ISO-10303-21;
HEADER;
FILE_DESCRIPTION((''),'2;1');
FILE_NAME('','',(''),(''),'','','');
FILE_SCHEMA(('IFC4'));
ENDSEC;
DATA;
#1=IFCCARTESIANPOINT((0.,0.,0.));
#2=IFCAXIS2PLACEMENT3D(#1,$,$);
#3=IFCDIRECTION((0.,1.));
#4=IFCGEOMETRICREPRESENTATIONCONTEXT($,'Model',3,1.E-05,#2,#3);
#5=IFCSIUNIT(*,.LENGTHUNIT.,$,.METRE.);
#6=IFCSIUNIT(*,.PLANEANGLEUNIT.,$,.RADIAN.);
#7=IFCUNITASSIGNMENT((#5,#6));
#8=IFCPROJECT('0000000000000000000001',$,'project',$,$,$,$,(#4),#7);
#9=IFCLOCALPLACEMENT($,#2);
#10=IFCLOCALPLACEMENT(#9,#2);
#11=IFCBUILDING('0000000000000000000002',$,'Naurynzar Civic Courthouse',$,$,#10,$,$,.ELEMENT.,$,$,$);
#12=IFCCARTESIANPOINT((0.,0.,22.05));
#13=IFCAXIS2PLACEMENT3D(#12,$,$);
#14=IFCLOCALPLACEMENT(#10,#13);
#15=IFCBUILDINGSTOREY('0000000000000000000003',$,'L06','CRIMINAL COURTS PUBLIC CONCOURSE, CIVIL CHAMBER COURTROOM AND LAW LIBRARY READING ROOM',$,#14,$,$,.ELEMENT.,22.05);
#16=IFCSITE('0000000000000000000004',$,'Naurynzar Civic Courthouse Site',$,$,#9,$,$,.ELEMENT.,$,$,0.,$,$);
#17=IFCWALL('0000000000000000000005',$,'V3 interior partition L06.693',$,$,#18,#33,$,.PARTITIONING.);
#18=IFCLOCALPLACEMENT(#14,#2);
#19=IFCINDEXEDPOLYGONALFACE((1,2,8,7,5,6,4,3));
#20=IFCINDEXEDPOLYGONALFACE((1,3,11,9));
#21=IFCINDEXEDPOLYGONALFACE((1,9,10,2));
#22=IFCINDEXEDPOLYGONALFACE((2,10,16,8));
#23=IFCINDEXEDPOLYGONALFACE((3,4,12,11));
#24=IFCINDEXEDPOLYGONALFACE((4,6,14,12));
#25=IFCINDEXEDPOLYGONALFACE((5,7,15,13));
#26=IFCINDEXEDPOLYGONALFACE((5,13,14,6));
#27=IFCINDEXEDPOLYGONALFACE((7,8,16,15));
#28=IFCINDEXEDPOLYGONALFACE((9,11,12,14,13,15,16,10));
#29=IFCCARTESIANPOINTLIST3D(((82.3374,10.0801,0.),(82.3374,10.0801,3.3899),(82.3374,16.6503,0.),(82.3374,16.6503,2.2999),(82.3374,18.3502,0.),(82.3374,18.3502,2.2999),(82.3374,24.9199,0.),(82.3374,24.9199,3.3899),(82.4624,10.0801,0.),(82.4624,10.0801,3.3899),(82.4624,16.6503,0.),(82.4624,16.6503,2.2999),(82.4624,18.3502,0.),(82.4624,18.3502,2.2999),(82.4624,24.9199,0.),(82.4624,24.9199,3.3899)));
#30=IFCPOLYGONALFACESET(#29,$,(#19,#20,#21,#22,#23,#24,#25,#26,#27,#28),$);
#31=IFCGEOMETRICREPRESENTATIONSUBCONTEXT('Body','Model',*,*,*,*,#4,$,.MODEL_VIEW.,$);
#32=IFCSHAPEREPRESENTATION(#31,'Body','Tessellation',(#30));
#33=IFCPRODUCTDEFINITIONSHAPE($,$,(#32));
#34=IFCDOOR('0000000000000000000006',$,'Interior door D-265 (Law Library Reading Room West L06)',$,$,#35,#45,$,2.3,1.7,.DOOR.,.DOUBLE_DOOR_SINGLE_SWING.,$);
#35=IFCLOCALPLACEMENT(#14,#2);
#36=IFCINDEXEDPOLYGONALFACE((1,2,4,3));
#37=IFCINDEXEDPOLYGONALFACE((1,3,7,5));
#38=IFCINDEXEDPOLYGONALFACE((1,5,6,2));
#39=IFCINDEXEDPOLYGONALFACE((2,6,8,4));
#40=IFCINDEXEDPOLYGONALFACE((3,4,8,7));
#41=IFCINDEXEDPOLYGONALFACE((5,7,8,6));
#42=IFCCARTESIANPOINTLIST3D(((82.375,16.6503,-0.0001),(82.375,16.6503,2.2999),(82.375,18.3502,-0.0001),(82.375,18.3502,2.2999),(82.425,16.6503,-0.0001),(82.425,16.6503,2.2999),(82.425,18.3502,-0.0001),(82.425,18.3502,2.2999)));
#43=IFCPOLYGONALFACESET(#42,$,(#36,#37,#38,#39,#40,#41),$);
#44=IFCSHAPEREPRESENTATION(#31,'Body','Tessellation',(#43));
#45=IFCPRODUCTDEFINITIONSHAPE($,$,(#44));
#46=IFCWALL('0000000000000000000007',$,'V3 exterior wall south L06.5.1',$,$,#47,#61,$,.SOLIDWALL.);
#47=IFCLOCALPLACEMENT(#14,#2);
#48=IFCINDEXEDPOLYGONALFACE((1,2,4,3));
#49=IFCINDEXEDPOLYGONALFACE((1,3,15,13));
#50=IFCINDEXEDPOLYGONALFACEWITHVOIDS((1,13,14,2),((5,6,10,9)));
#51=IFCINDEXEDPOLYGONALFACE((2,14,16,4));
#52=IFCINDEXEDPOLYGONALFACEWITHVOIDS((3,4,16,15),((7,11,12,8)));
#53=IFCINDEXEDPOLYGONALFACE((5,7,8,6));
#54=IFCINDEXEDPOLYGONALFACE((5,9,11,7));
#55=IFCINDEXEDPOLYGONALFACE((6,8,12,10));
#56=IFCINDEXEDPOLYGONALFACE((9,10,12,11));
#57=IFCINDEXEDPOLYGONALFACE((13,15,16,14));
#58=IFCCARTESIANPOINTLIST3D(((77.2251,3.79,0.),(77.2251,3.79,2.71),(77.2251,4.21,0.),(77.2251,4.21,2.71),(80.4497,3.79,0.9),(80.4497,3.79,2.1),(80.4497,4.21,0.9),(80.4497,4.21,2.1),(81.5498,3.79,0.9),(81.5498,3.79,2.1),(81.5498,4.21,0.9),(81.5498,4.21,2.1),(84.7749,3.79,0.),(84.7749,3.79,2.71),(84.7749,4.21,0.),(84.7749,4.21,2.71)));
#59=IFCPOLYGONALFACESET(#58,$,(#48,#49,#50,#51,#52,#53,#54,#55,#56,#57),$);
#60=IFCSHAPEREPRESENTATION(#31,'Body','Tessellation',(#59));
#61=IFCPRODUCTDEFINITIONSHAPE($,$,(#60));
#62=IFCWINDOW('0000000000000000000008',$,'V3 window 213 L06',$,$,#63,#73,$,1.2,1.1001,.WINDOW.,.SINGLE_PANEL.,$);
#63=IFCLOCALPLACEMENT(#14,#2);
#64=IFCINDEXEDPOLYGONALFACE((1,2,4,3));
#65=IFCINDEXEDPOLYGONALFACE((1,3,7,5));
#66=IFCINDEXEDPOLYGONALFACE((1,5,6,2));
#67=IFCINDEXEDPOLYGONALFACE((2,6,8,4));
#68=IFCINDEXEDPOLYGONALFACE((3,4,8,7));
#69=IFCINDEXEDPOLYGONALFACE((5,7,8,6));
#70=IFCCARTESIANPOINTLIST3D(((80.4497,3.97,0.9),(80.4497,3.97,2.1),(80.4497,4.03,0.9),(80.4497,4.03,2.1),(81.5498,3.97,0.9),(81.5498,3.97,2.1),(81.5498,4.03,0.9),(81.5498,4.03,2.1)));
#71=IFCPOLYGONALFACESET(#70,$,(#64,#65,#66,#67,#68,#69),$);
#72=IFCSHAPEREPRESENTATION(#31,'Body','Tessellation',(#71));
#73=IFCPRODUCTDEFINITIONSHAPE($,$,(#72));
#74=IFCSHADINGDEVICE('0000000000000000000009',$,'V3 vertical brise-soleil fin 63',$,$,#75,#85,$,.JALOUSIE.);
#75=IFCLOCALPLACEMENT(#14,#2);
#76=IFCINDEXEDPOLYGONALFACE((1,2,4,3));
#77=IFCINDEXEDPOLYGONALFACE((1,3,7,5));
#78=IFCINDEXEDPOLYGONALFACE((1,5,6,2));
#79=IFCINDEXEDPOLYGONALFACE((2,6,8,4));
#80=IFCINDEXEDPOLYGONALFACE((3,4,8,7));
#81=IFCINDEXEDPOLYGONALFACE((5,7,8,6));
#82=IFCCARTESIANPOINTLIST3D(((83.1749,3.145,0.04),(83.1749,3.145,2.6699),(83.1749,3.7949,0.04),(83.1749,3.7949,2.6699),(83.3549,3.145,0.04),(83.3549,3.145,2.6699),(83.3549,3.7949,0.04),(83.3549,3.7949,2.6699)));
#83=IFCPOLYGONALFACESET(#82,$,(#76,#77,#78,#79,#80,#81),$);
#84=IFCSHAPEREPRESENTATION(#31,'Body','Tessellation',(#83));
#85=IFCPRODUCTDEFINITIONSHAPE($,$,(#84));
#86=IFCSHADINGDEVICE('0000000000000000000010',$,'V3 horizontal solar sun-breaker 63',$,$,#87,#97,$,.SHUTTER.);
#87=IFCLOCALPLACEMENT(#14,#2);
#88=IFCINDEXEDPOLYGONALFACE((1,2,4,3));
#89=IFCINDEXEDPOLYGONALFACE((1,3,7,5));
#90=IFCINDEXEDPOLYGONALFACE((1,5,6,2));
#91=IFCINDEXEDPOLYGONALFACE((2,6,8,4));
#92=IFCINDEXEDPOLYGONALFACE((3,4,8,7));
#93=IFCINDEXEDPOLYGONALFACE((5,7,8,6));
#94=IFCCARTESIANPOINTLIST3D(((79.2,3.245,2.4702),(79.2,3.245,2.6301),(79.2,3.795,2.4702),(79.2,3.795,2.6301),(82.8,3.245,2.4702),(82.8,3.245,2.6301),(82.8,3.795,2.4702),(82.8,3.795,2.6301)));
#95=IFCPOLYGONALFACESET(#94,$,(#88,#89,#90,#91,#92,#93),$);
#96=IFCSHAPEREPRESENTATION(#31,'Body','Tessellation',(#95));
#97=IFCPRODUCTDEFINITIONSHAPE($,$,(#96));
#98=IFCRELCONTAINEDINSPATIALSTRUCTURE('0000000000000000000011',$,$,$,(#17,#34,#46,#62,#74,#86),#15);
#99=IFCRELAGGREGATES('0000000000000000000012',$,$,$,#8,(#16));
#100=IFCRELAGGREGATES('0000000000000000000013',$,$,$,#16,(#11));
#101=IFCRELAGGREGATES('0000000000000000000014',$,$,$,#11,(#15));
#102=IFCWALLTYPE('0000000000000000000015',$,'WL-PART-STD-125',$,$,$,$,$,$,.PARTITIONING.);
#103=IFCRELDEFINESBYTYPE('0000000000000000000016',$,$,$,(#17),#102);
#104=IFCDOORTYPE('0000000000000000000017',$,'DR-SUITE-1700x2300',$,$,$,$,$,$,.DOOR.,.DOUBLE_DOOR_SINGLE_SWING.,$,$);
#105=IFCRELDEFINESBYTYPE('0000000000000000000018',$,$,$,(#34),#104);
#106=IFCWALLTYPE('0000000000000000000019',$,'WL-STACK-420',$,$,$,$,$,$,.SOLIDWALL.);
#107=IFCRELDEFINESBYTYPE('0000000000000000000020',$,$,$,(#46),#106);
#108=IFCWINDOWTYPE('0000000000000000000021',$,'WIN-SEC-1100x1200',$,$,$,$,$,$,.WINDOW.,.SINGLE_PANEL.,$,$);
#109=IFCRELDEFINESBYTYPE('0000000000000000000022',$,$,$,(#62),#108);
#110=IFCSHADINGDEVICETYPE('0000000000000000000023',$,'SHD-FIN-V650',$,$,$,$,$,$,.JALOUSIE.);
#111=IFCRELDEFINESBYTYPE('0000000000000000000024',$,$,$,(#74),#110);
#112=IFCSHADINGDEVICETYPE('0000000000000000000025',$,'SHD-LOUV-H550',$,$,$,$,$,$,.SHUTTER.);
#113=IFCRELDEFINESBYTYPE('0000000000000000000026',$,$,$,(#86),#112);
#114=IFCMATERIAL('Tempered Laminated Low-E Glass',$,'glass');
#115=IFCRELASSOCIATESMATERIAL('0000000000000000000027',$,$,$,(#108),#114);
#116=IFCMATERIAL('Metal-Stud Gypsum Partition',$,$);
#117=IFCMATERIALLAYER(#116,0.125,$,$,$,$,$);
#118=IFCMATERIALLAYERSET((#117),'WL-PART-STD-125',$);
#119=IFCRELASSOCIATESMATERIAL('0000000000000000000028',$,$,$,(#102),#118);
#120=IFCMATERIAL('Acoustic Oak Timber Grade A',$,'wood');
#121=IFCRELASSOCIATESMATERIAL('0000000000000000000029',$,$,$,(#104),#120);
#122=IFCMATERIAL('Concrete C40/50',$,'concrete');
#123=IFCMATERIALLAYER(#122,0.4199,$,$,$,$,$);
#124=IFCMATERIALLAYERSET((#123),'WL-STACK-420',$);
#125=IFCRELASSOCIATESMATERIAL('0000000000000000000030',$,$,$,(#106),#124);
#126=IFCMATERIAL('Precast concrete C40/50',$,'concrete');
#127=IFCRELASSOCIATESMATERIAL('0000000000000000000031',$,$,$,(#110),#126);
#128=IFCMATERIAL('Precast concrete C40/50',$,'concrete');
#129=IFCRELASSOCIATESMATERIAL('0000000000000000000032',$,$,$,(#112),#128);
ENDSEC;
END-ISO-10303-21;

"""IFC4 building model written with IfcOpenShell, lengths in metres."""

from ifc_helpers import new_model, si_unit, direction, frame, frame_2d, origin, origin_2d, place, context, subcontext, project, spatial, rectangle, extrude, material, layer, layer_set, type_object, element, fill, save


model = new_model("IFC4")

# Units and contexts
model_context = context("Model", 3, precision=1e-05, world=origin(), true_north=direction((0.0, 1.0)))
body_context = subcontext(model_context, "Body", "Model", "MODEL_VIEW")
ifc_project = project(units=[si_unit("LENGTHUNIT", "METRE"), si_unit("PLANEANGLEUNIT", "RADIAN")], contexts=[model_context])

# Site, building, storey
site_placement = place(None, origin())
site = spatial("IfcSite", under=ifc_project, at=site_placement, Name="Naurynzar Civic Courthouse Site", CompositionType="ELEMENT", RefElevation=0.0)
building_placement = place(site_placement, origin())
building = spatial("IfcBuilding", under=site, at=building_placement, Name="Naurynzar Civic Courthouse", CompositionType="ELEMENT")
storey_placement = place(building_placement, frame((0.0, 0.0, 22.05)))
storey = spatial("IfcBuildingStorey", under=building, at=storey_placement, Name="L06", Description="CRIMINAL COURTS PUBLIC CONCOURSE, CIVIL CHAMBER COURTROOM AND LAW LIBRARY READING ROOM", CompositionType="ELEMENT", Elevation=22.05)

# Shared definitions
ifc_material_1 = material(Name="Tempered Laminated Low-E Glass", Category="glass")
window_type = type_object("IfcWindowType", Name="WIN-SEC-1100x1200", PartitioningType="SINGLE_PANEL", PredefinedType="WINDOW", material=ifc_material_1)

# Wall, opening, door
ifc_material_2 = material(Name="Metal-Stud Gypsum Partition")
ifc_layer_1 = layer(ifc_material_2, 0.125)
ifc_layer_set_1 = layer_set([ifc_layer_1], Name="WL-PART-STD-125")
wall_type_1 = type_object("IfcWallType", Name="WL-PART-STD-125", PredefinedType="PARTITIONING", material=ifc_layer_set_1)
wall_1_placement = place(storey_placement, frame((82.3999, 10.0801, 0.0), z_axis=(0.0, 0.0, 1.0), x_axis=(0.0, 1.0, 0.0)))
wall_1 = element("IfcWall", 1, at=wall_1_placement, inside=storey, type_object=wall_type_1, Name="V3 interior partition L06.693", PredefinedType="PARTITIONING", context=body_context, shape_type="SweptSolid", body=[
    extrude(rectangle(XDim=14.8398, YDim=0.125, at=frame_2d((7.4199, 0.0))), origin(), (0.0, 0.0, 1.0), 3.3899),
])
opening_1_placement = place(wall_1_placement, frame((6.5701, 0.0, 0.0)))
opening_1 = element("IfcOpeningElement", 2, at=opening_1_placement, cuts=wall_1, PredefinedType="OPENING", context=body_context, shape_type="SweptSolid", body=[
    extrude(rectangle(XDim=1.7, YDim=2.3, at=frame_2d((0.8501, 1.1499))), frame((0.0, 0.0725, 0.0), z_axis=(0.0, -1.0, 0.0), x_axis=(1.0, 0.0, 0.0)), (0.0, 0.0, 1.0), 0.145),
])
ifc_material_3 = material(Name="Acoustic Oak Timber Grade A", Category="wood")
door_type_1 = type_object("IfcDoorType", Name="DR-SUITE-1700x2300", OperationType="DOUBLE_DOOR_SINGLE_SWING", PredefinedType="DOOR", material=ifc_material_3)
door_1_placement = place(opening_1_placement, origin())
door_1 = element("IfcDoor", 3, at=door_1_placement, inside=storey, type_object=door_type_1, Name="Interior door D-265 (Law Library Reading Room West L06)", OperationType="DOUBLE_DOOR_SINGLE_SWING", OverallHeight=2.3, OverallWidth=1.7, PredefinedType="DOOR", context=body_context, shape_type="SweptSolid", body=[
    extrude(rectangle(XDim=1.7, YDim=2.3, at=frame_2d((0.8501, 1.1499))), frame((0.0, 0.0249, 0.0), z_axis=(0.0, -1.0, 0.0), x_axis=(1.0, 0.0, 0.0)), (0.0, 0.0, 1.0), 0.05),
])
fill(opening_1, door_1)

# Wall, opening, window
ifc_material_4 = material(Name="Concrete C40/50", Category="concrete")
ifc_layer_2 = layer(ifc_material_4, 0.4199)
ifc_layer_set_2 = layer_set([ifc_layer_2], Name="WL-STACK-420")
wall_type_2 = type_object("IfcWallType", Name="WL-STACK-420", PredefinedType="SOLIDWALL", material=ifc_layer_set_2)
wall_2_placement = place(storey_placement, frame((84.7749, 4.0, 0.0), z_axis=(0.0, 0.0, 1.0), x_axis=(-1.0, 0.0, 0.0)))
wall_2 = element("IfcWall", 4, at=wall_2_placement, inside=storey, type_object=wall_type_2, Name="V3 exterior wall south L06.5.1", PredefinedType="SOLIDWALL", context=body_context, shape_type="SweptSolid", body=[
    extrude(rectangle(XDim=7.5498, YDim=0.4199, at=frame_2d((3.7749, 0.0))), origin(), (0.0, 0.0, 1.0), 2.71),
])
opening_2_placement = place(wall_2_placement, frame((3.2251, 0.0, 0.8999)))
opening_2 = element("IfcOpeningElement", 5, at=opening_2_placement, cuts=wall_2, PredefinedType="OPENING", context=body_context, shape_type="SweptSolid", body=[
    extrude(rectangle(XDim=1.1001, YDim=1.2, at=frame_2d((0.55, 0.6001))), frame((0.0, 0.22, 0.0), z_axis=(0.0, -1.0, 0.0), x_axis=(1.0, 0.0, 0.0)), (0.0, 0.0, 1.0), 0.4399),
])
window_1_placement = place(opening_2_placement, origin())
window_1 = element("IfcWindow", 6, at=window_1_placement, inside=storey, type_object=window_type, Name="V3 window 213 L06", OverallHeight=1.2, OverallWidth=1.1001, PartitioningType="SINGLE_PANEL", PredefinedType="WINDOW", context=body_context, shape_type="SweptSolid", body=[
    extrude(rectangle(XDim=1.1001, YDim=1.2, at=frame_2d((0.55, 0.6001))), frame((0.0, 0.03, 0.0), z_axis=(0.0, -1.0, 0.0), x_axis=(1.0, 0.0, 0.0)), (0.0, 0.0, 1.0), 0.0601),
])
fill(opening_2, window_1)

# Shading devices
ifc_material_5 = material(Name="Precast concrete C40/50", Category="concrete")
shading_device_type_1 = type_object("IfcShadingDeviceType", Name="SHD-FIN-V650", PredefinedType="JALOUSIE", material=ifc_material_5)
shading_device_1_placement = place(storey_placement, frame((83.2649, 3.47, 0.04), z_axis=(0.0, 0.0, 1.0), x_axis=(-1.0, 0.0, 0.0)))
element("IfcShadingDevice", 7, at=shading_device_1_placement, inside=storey, type_object=shading_device_type_1, Name="V3 vertical brise-soleil fin 63", PredefinedType="JALOUSIE", context=body_context, shape_type="SweptSolid", body=[
    extrude(rectangle(XDim=0.1799, YDim=0.6499, at=origin_2d()), origin(), (0.0, 0.0, 1.0), 2.6299),
])
ifc_material_6 = material(Name="Precast concrete C40/50", Category="concrete")
shading_device_type_2 = type_object("IfcShadingDeviceType", Name="SHD-LOUV-H550", PredefinedType="SHUTTER", material=ifc_material_6)
shading_device_2_placement = place(storey_placement, frame((81.0, 3.52, 2.4702), z_axis=(0.0, 0.0, 1.0), x_axis=(-1.0, 0.0, 0.0)))
element("IfcShadingDevice", 8, at=shading_device_2_placement, inside=storey, type_object=shading_device_type_2, Name="V3 horizontal solar sun-breaker 63", PredefinedType="SHUTTER", context=body_context, shape_type="SweptSolid", body=[
    extrude(rectangle(XDim=3.6001, YDim=0.55, at=origin_2d()), origin(), (0.0, 0.0, 1.0), 0.1599),
])

save(model, "model.ifc")
